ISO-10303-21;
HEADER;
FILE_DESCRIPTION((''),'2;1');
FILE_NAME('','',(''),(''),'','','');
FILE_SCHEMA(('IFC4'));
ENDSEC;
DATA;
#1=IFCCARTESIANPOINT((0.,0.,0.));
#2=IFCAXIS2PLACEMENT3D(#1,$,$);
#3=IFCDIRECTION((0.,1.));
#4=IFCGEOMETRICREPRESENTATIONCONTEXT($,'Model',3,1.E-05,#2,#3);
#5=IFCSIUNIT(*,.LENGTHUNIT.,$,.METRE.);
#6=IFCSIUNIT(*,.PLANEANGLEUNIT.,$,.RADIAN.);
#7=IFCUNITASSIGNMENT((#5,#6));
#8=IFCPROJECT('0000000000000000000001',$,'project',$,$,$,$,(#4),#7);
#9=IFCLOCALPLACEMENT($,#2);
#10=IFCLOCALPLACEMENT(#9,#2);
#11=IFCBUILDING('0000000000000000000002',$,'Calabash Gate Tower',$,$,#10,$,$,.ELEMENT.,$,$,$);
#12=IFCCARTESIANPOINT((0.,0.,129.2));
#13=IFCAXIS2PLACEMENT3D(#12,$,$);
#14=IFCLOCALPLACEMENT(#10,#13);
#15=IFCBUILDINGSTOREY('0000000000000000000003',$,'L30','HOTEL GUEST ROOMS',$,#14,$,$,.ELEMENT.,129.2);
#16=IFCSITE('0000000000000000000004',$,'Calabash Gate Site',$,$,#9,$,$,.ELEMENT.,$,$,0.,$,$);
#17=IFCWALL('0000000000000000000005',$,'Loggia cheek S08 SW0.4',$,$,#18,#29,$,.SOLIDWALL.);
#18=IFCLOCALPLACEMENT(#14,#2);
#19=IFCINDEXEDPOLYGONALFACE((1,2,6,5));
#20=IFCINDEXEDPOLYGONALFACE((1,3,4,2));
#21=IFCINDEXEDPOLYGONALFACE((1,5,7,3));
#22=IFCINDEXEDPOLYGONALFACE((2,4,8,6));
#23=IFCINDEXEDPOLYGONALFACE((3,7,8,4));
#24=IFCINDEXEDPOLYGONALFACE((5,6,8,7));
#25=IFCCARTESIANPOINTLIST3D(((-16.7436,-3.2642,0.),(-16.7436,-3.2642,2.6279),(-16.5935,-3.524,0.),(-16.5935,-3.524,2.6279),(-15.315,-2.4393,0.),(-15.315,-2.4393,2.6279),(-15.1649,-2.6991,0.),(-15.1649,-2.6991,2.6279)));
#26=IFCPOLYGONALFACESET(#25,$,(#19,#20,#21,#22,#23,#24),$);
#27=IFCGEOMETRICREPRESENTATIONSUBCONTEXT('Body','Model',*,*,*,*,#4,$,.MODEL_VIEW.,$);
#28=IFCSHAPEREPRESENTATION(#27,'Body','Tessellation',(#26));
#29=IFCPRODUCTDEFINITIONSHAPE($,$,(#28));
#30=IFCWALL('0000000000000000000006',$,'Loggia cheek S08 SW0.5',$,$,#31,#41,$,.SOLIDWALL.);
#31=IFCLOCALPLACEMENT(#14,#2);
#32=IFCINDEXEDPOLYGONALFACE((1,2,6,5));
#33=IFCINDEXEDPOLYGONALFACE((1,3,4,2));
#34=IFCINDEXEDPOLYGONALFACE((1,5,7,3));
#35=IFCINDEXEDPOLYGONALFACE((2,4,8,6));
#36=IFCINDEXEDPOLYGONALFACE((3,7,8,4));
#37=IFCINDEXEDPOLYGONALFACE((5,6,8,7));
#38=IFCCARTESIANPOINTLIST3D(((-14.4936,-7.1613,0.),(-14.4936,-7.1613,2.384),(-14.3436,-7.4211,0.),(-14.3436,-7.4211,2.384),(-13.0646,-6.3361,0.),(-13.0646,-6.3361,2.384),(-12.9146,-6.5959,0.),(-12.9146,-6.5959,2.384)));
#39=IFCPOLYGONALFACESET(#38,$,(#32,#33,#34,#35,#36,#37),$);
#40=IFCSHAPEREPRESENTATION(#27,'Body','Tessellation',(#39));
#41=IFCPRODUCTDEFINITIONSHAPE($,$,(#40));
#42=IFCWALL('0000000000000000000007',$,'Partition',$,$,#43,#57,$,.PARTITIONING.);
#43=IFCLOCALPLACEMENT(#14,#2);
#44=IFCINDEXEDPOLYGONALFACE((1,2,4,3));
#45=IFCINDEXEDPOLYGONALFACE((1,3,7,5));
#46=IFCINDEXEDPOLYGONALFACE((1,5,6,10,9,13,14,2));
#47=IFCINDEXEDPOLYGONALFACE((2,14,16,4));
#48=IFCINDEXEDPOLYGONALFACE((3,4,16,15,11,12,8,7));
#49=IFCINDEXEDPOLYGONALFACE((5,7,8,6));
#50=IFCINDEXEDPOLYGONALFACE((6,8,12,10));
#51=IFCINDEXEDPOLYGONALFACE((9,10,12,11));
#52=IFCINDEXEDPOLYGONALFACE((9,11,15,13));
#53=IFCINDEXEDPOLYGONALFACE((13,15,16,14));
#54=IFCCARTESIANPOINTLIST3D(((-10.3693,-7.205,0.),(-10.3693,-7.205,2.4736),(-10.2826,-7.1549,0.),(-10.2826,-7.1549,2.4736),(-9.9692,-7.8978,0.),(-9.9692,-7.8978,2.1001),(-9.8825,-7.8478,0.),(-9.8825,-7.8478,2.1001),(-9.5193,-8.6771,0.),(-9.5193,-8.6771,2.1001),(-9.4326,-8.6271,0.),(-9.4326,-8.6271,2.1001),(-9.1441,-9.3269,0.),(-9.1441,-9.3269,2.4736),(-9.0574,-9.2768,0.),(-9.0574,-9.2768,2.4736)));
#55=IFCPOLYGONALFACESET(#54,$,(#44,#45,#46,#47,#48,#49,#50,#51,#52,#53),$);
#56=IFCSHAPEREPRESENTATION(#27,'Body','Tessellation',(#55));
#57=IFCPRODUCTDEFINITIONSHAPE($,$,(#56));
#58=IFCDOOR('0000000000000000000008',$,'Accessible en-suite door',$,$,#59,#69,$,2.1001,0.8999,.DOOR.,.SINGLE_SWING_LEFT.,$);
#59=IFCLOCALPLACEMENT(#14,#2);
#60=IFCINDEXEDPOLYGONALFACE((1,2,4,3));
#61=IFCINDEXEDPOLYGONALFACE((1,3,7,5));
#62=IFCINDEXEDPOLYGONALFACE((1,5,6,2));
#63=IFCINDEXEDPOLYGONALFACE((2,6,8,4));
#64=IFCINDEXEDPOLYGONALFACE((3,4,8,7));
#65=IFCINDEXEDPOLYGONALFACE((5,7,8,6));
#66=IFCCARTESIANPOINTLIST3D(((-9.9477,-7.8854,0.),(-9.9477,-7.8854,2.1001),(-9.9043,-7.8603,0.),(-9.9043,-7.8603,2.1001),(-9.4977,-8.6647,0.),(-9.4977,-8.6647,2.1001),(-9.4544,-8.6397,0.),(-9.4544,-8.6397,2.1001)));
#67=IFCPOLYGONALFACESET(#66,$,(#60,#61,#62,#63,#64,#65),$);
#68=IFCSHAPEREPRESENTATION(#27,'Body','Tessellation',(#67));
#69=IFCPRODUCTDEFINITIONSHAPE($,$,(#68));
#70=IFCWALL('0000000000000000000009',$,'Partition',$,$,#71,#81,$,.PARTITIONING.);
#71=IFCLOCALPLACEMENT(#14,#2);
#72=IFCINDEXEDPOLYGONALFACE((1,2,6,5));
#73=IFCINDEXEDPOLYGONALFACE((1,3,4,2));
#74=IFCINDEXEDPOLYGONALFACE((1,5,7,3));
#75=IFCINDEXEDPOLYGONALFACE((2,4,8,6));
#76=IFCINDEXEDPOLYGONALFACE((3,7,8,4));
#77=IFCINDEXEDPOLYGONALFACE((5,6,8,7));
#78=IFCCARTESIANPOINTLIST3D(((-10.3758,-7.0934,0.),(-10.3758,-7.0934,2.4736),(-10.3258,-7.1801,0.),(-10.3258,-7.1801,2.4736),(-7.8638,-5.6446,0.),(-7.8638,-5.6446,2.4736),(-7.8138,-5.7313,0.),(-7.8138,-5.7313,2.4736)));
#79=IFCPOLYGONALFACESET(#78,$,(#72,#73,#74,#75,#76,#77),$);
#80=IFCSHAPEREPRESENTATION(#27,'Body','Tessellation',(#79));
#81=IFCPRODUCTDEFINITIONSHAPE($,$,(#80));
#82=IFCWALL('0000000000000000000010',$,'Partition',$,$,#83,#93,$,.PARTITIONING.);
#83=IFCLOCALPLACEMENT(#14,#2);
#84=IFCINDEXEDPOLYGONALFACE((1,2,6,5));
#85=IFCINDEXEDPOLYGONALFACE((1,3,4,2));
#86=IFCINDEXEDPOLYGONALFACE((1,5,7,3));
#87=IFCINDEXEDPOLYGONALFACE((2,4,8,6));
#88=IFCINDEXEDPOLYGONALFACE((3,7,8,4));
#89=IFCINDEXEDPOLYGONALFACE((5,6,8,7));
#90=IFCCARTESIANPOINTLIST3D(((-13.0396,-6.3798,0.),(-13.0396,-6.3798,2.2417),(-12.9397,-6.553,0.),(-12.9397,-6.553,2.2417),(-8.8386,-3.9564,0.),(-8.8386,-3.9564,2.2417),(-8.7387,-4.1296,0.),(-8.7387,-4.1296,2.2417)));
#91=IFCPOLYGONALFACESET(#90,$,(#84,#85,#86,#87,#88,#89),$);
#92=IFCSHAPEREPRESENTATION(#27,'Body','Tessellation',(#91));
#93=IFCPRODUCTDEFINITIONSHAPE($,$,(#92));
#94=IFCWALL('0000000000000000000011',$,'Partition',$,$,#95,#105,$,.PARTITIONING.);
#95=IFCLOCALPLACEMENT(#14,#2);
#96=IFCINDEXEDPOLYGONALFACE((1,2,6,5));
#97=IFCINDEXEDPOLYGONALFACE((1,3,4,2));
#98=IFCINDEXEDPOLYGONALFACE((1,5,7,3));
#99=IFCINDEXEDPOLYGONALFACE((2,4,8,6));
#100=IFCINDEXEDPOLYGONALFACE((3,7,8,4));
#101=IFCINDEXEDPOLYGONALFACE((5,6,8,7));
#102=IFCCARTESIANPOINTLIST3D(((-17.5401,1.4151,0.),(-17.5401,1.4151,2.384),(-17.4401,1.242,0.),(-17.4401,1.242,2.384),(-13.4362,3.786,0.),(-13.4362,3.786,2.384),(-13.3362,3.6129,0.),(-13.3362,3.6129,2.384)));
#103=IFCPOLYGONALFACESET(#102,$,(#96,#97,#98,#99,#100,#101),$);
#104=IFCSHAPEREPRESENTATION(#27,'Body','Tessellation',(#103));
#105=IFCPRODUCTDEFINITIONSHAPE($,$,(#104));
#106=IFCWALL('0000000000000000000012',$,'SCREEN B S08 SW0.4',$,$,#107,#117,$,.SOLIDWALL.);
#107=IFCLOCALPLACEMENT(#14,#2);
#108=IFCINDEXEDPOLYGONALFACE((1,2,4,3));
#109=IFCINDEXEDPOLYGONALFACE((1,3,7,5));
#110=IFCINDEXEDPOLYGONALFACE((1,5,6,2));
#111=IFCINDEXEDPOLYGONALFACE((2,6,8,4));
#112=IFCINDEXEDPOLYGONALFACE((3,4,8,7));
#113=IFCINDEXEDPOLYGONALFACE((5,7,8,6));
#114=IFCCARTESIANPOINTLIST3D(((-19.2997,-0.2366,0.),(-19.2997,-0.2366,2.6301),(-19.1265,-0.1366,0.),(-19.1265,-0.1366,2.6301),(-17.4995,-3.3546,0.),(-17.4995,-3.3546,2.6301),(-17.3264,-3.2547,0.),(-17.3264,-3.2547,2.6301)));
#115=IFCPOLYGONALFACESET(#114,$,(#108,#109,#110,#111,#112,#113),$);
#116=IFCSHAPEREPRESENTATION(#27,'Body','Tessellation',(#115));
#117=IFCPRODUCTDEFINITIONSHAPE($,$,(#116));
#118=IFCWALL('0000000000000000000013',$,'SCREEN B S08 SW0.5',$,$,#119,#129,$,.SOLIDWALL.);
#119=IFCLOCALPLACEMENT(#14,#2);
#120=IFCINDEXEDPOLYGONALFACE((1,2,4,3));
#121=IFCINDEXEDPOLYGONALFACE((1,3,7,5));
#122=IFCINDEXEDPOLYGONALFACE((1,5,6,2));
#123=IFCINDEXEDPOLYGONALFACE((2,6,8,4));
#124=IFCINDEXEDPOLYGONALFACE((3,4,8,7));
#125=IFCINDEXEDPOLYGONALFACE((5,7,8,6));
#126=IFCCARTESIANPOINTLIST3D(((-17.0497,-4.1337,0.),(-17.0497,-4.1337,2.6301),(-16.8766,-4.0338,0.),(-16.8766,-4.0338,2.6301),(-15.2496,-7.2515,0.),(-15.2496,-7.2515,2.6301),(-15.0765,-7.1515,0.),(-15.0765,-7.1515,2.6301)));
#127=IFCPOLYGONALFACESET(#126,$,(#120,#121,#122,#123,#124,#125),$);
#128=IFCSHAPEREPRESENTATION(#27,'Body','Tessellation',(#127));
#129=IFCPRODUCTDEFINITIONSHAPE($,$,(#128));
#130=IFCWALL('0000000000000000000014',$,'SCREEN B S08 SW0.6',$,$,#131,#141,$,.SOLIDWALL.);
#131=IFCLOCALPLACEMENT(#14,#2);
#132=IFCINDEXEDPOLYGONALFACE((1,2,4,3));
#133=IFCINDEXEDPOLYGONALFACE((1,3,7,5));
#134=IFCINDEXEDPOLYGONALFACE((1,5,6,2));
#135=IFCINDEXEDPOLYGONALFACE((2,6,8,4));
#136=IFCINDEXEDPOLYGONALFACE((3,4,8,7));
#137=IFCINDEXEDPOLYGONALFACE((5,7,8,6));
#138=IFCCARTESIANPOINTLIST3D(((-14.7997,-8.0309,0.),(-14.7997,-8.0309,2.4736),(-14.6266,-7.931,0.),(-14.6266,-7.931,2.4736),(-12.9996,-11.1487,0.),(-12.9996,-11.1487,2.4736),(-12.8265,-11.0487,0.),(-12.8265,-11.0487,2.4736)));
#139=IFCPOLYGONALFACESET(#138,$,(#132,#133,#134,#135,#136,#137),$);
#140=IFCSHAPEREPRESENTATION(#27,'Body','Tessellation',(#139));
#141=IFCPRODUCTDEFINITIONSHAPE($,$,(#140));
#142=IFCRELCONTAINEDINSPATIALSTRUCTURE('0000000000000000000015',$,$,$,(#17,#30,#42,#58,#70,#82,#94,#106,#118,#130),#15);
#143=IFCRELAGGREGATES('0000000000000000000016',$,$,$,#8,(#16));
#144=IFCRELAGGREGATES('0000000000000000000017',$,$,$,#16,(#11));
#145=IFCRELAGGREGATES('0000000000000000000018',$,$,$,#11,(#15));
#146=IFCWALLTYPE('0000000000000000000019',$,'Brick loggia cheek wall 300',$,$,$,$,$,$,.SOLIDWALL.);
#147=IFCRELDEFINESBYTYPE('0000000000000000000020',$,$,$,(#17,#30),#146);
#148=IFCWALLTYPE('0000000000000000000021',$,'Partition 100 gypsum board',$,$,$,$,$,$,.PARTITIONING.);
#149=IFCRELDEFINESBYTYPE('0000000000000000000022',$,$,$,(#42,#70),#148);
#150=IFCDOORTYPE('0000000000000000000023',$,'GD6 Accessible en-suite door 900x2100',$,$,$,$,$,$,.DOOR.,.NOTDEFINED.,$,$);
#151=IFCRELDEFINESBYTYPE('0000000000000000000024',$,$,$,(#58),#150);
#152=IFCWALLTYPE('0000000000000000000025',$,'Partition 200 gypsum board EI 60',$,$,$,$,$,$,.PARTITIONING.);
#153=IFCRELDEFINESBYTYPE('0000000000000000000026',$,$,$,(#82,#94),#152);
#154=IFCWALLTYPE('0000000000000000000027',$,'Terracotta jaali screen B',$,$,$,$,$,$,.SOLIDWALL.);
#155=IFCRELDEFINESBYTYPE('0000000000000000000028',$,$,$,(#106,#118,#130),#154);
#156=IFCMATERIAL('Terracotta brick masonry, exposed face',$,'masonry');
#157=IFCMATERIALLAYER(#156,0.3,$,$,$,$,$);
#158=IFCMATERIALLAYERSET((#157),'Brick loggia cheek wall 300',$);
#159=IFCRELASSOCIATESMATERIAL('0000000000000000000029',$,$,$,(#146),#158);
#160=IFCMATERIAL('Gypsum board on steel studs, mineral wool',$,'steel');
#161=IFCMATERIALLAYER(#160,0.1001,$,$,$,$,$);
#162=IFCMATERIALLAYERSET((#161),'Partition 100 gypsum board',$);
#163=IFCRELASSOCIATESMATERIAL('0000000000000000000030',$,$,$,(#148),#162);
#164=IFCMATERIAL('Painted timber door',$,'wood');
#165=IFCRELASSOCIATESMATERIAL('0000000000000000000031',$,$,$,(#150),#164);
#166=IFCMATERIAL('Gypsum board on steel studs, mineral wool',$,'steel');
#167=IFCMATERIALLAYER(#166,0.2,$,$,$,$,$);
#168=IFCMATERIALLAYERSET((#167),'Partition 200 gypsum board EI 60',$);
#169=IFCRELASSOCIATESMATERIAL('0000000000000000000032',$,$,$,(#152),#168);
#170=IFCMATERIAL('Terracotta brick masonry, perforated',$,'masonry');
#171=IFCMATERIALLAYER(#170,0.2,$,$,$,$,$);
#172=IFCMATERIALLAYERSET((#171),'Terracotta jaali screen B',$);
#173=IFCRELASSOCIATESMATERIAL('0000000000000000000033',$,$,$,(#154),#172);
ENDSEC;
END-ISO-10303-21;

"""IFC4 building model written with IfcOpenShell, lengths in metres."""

from ifc_helpers import new_model, si_unit, direction, frame, frame_2d, origin, place, context, subcontext, project, spatial, rectangle, extrude, material, layer, layer_set, type_object, element, fill, save


model = new_model("IFC4")

# Units and contexts
model_context = context("Model", 3, precision=1e-05, world=origin(), true_north=direction((0.0, 1.0)))
body_context = subcontext(model_context, "Body", "Model", "MODEL_VIEW")
ifc_project = project(units=[si_unit("LENGTHUNIT", "METRE"), si_unit("PLANEANGLEUNIT", "RADIAN")], contexts=[model_context])

# Site, building, storey
site_placement = place(None, origin())
site = spatial("IfcSite", under=ifc_project, at=site_placement, Name="Calabash Gate Site", CompositionType="ELEMENT", RefElevation=0.0)
building_placement = place(site_placement, origin())
building = spatial("IfcBuilding", under=site, at=building_placement, Name="Calabash Gate Tower", CompositionType="ELEMENT")
storey_placement = place(building_placement, frame((0.0, 0.0, 129.2)))
storey = spatial("IfcBuildingStorey", under=building, at=storey_placement, Name="L30", Description="HOTEL GUEST ROOMS", CompositionType="ELEMENT", Elevation=129.2)

# Walls
ifc_material_1 = material(Name="Terracotta brick masonry, exposed face", Category="masonry")
ifc_layer_1 = layer(ifc_material_1, 0.3)
ifc_layer_set_1 = layer_set([ifc_layer_1], Name="Brick loggia cheek wall 300")
wall_type_1 = type_object("IfcWallType", Name="Brick loggia cheek wall 300", PredefinedType="SOLIDWALL", material=ifc_layer_set_1)
wall_1_placement = place(storey_placement, frame((-16.6685, -3.394, 0.0), z_axis=(0.0, 0.0, 1.0), x_axis=(0.866003, 0.500038, 0.0)))
element("IfcWall", 1, at=wall_1_placement, inside=storey, type_object=wall_type_1, Name="Loggia cheek S08 SW0.4", PredefinedType="SOLIDWALL", context=body_context, shape_type="SweptSolid", body=[
    extrude(rectangle(XDim=1.6497, YDim=0.3, at=frame_2d((0.8247, 0.0))), origin(), (0.0, 0.0, 1.0), 2.6279),
])
wall_2_placement = place(storey_placement, frame((-14.4187, -7.2913, 0.0), z_axis=(0.0, 0.0, 1.0), x_axis=(0.865976, 0.500085, 0.0)))
element("IfcWall", 2, at=wall_2_placement, inside=storey, type_object=wall_type_1, Name="Loggia cheek S08 SW0.5", PredefinedType="SOLIDWALL", context=body_context, shape_type="SweptSolid", body=[
    extrude(rectangle(XDim=1.6501, YDim=0.3, at=frame_2d((0.8252, 0.0))), origin(), (0.0, 0.0, 1.0), 2.384),
])

# Wall, opening, door
ifc_material_2 = material(Name="Gypsum board on steel studs, mineral wool", Category="steel")
ifc_layer_2 = layer(ifc_material_2, 0.1001)
ifc_layer_set_2 = layer_set([ifc_layer_2], Name="Partition 100 gypsum board")
wall_type_2 = type_object("IfcWallType", Name="Partition 100 gypsum board", PredefinedType="PARTITIONING", material=ifc_layer_set_2)
wall_3_placement = place(storey_placement, frame((-10.3259, -7.1799, 0.0), z_axis=(0.0, 0.0, 1.0), x_axis=(0.500019, -0.866015, 0.0)))
wall_3 = element("IfcWall", 3, at=wall_3_placement, inside=storey, type_object=wall_type_2, Name="Partition", PredefinedType="PARTITIONING", context=body_context, shape_type="SweptSolid", body=[
    extrude(rectangle(XDim=2.4502, YDim=0.1001, at=frame_2d((1.2251, 0.0))), origin(), (0.0, 0.0, 1.0), 2.4736),
])
opening_1_placement = place(wall_3_placement, frame((0.8, 0.0, 0.0)))
opening_1 = element("IfcOpeningElement", 4, at=opening_1_placement, cuts=wall_3, PredefinedType="OPENING", context=body_context, shape_type="SweptSolid", body=[
    extrude(rectangle(XDim=0.8999, YDim=2.1001, at=frame_2d((0.45, 1.05))), frame((0.0, 0.0601, 0.0), z_axis=(0.0, -1.0, 0.0), x_axis=(1.0, 0.0, 0.0)), (0.0, 0.0, 1.0), 0.1201),
])
ifc_material_3 = material(Name="Painted timber door", Category="wood")
door_type_1 = type_object("IfcDoorType", Name="GD6 Accessible en-suite door 900x2100", OperationType="NOTDEFINED", PredefinedType="DOOR", material=ifc_material_3)
door_1_placement = place(opening_1_placement, origin())
door_1 = element("IfcDoor", 5, at=door_1_placement, inside=storey, type_object=door_type_1, Name="Accessible en-suite door", OperationType="SINGLE_SWING_LEFT", OverallHeight=2.1001, OverallWidth=0.8999, PredefinedType="DOOR", context=body_context, shape_type="SweptSolid", body=[
    extrude(rectangle(XDim=0.8999, YDim=2.1001, at=frame_2d((0.45, 1.05))), frame((0.0, 0.0249, 0.0), z_axis=(0.0, -1.0, 0.0), x_axis=(1.0, 0.0, 0.0)), (0.0, 0.0, 1.0), 0.05),
])
fill(opening_1, door_1)

# Walls
wall_4_placement = place(storey_placement, frame((-10.3508, -7.1367, 0.0), z_axis=(0.0, 0.0, 1.0), x_axis=(0.866257, 0.499599, 0.0)))
element("IfcWall", 6, at=wall_4_placement, inside=storey, type_object=wall_type_2, Name="Partition", PredefinedType="PARTITIONING", context=body_context, shape_type="SweptSolid", body=[
    extrude(rectangle(XDim=2.8999, YDim=0.1001, at=frame_2d((1.45, 0.0))), origin(), (0.0, 0.0, 1.0), 2.4736),
])
ifc_material_4 = material(Name="Gypsum board on steel studs, mineral wool", Category="steel")
ifc_layer_3 = layer(ifc_material_4, 0.2)
ifc_layer_set_3 = layer_set([ifc_layer_3], Name="Partition 200 gypsum board EI 60")
wall_type_3 = type_object("IfcWallType", Name="Partition 200 gypsum board EI 60", PredefinedType="PARTITIONING", material=ifc_layer_set_3)
wall_5_placement = place(storey_placement, frame((-12.9895, -6.4663, 0.0), z_axis=(0.0, 0.0, 1.0), x_axis=(0.86621, 0.49968, 0.0)))
element("IfcWall", 7, at=wall_5_placement, inside=storey, type_object=wall_type_3, Name="Partition", PredefinedType="PARTITIONING", context=body_context, shape_type="SweptSolid", body=[
    extrude(rectangle(XDim=4.8499, YDim=0.2, at=frame_2d((2.4248, 0.0))), origin(), (0.0, 0.0, 1.0), 2.2417),
])
wall_6_placement = place(storey_placement, frame((-17.49, 1.3286, 0.0), z_axis=(0.0, 0.0, 1.0), x_axis=(0.865884, 0.500244, 0.0)))
element("IfcWall", 8, at=wall_6_placement, inside=storey, type_object=wall_type_3, Name="Partition", PredefinedType="PARTITIONING", context=body_context, shape_type="SweptSolid", body=[
    extrude(rectangle(XDim=4.7395, YDim=0.2, at=frame_2d((2.3696, 0.0))), origin(), (0.0, 0.0, 1.0), 2.384),
])
ifc_material_5 = material(Name="Terracotta brick masonry, perforated", Category="masonry")
ifc_layer_4 = layer(ifc_material_5, 0.2)
ifc_layer_set_4 = layer_set([ifc_layer_4], Name="Terracotta jaali screen B")
wall_type_4 = type_object("IfcWallType", Name="Terracotta jaali screen B", PredefinedType="SOLIDWALL", material=ifc_layer_set_4)
wall_7_placement = place(storey_placement, frame((-19.2131, -0.1865, 0.0), z_axis=(0.0, 0.0, 1.0), x_axis=(0.499983, -0.866035, 0.0)))
element("IfcWall", 9, at=wall_7_placement, inside=storey, type_object=wall_type_4, Name="SCREEN B S08 SW0.4", PredefinedType="SOLIDWALL", context=body_context, shape_type="SweptSolid", body=[
    extrude(rectangle(XDim=3.6003, YDim=0.2, at=frame_2d((1.8003, 0.0))), origin(), (0.0, 0.0, 1.0), 2.6301),
])
wall_8_placement = place(storey_placement, frame((-16.9631, -4.0837, 0.0), z_axis=(0.0, 0.0, 1.0), x_axis=(0.500012, -0.866018, 0.0)))
element("IfcWall", 10, at=wall_8_placement, inside=storey, type_object=wall_type_4, Name="SCREEN B S08 SW0.5", PredefinedType="SOLIDWALL", context=body_context, shape_type="SweptSolid", body=[
    extrude(rectangle(XDim=3.6001, YDim=0.2, at=frame_2d((1.8, 0.0))), origin(), (0.0, 0.0, 1.0), 2.6301),
])
wall_9_placement = place(storey_placement, frame((-14.7131, -7.981, 0.0), z_axis=(0.0, 0.0, 1.0), x_axis=(0.500012, -0.866018, 0.0)))
element("IfcWall", 11, at=wall_9_placement, inside=storey, type_object=wall_type_4, Name="SCREEN B S08 SW0.6", PredefinedType="SOLIDWALL", context=body_context, shape_type="SweptSolid", body=[
    extrude(rectangle(XDim=3.6001, YDim=0.2, at=frame_2d((1.8, 0.0))), origin(), (0.0, 0.0, 1.0), 2.4736),
])

save(model, "model.ifc")
